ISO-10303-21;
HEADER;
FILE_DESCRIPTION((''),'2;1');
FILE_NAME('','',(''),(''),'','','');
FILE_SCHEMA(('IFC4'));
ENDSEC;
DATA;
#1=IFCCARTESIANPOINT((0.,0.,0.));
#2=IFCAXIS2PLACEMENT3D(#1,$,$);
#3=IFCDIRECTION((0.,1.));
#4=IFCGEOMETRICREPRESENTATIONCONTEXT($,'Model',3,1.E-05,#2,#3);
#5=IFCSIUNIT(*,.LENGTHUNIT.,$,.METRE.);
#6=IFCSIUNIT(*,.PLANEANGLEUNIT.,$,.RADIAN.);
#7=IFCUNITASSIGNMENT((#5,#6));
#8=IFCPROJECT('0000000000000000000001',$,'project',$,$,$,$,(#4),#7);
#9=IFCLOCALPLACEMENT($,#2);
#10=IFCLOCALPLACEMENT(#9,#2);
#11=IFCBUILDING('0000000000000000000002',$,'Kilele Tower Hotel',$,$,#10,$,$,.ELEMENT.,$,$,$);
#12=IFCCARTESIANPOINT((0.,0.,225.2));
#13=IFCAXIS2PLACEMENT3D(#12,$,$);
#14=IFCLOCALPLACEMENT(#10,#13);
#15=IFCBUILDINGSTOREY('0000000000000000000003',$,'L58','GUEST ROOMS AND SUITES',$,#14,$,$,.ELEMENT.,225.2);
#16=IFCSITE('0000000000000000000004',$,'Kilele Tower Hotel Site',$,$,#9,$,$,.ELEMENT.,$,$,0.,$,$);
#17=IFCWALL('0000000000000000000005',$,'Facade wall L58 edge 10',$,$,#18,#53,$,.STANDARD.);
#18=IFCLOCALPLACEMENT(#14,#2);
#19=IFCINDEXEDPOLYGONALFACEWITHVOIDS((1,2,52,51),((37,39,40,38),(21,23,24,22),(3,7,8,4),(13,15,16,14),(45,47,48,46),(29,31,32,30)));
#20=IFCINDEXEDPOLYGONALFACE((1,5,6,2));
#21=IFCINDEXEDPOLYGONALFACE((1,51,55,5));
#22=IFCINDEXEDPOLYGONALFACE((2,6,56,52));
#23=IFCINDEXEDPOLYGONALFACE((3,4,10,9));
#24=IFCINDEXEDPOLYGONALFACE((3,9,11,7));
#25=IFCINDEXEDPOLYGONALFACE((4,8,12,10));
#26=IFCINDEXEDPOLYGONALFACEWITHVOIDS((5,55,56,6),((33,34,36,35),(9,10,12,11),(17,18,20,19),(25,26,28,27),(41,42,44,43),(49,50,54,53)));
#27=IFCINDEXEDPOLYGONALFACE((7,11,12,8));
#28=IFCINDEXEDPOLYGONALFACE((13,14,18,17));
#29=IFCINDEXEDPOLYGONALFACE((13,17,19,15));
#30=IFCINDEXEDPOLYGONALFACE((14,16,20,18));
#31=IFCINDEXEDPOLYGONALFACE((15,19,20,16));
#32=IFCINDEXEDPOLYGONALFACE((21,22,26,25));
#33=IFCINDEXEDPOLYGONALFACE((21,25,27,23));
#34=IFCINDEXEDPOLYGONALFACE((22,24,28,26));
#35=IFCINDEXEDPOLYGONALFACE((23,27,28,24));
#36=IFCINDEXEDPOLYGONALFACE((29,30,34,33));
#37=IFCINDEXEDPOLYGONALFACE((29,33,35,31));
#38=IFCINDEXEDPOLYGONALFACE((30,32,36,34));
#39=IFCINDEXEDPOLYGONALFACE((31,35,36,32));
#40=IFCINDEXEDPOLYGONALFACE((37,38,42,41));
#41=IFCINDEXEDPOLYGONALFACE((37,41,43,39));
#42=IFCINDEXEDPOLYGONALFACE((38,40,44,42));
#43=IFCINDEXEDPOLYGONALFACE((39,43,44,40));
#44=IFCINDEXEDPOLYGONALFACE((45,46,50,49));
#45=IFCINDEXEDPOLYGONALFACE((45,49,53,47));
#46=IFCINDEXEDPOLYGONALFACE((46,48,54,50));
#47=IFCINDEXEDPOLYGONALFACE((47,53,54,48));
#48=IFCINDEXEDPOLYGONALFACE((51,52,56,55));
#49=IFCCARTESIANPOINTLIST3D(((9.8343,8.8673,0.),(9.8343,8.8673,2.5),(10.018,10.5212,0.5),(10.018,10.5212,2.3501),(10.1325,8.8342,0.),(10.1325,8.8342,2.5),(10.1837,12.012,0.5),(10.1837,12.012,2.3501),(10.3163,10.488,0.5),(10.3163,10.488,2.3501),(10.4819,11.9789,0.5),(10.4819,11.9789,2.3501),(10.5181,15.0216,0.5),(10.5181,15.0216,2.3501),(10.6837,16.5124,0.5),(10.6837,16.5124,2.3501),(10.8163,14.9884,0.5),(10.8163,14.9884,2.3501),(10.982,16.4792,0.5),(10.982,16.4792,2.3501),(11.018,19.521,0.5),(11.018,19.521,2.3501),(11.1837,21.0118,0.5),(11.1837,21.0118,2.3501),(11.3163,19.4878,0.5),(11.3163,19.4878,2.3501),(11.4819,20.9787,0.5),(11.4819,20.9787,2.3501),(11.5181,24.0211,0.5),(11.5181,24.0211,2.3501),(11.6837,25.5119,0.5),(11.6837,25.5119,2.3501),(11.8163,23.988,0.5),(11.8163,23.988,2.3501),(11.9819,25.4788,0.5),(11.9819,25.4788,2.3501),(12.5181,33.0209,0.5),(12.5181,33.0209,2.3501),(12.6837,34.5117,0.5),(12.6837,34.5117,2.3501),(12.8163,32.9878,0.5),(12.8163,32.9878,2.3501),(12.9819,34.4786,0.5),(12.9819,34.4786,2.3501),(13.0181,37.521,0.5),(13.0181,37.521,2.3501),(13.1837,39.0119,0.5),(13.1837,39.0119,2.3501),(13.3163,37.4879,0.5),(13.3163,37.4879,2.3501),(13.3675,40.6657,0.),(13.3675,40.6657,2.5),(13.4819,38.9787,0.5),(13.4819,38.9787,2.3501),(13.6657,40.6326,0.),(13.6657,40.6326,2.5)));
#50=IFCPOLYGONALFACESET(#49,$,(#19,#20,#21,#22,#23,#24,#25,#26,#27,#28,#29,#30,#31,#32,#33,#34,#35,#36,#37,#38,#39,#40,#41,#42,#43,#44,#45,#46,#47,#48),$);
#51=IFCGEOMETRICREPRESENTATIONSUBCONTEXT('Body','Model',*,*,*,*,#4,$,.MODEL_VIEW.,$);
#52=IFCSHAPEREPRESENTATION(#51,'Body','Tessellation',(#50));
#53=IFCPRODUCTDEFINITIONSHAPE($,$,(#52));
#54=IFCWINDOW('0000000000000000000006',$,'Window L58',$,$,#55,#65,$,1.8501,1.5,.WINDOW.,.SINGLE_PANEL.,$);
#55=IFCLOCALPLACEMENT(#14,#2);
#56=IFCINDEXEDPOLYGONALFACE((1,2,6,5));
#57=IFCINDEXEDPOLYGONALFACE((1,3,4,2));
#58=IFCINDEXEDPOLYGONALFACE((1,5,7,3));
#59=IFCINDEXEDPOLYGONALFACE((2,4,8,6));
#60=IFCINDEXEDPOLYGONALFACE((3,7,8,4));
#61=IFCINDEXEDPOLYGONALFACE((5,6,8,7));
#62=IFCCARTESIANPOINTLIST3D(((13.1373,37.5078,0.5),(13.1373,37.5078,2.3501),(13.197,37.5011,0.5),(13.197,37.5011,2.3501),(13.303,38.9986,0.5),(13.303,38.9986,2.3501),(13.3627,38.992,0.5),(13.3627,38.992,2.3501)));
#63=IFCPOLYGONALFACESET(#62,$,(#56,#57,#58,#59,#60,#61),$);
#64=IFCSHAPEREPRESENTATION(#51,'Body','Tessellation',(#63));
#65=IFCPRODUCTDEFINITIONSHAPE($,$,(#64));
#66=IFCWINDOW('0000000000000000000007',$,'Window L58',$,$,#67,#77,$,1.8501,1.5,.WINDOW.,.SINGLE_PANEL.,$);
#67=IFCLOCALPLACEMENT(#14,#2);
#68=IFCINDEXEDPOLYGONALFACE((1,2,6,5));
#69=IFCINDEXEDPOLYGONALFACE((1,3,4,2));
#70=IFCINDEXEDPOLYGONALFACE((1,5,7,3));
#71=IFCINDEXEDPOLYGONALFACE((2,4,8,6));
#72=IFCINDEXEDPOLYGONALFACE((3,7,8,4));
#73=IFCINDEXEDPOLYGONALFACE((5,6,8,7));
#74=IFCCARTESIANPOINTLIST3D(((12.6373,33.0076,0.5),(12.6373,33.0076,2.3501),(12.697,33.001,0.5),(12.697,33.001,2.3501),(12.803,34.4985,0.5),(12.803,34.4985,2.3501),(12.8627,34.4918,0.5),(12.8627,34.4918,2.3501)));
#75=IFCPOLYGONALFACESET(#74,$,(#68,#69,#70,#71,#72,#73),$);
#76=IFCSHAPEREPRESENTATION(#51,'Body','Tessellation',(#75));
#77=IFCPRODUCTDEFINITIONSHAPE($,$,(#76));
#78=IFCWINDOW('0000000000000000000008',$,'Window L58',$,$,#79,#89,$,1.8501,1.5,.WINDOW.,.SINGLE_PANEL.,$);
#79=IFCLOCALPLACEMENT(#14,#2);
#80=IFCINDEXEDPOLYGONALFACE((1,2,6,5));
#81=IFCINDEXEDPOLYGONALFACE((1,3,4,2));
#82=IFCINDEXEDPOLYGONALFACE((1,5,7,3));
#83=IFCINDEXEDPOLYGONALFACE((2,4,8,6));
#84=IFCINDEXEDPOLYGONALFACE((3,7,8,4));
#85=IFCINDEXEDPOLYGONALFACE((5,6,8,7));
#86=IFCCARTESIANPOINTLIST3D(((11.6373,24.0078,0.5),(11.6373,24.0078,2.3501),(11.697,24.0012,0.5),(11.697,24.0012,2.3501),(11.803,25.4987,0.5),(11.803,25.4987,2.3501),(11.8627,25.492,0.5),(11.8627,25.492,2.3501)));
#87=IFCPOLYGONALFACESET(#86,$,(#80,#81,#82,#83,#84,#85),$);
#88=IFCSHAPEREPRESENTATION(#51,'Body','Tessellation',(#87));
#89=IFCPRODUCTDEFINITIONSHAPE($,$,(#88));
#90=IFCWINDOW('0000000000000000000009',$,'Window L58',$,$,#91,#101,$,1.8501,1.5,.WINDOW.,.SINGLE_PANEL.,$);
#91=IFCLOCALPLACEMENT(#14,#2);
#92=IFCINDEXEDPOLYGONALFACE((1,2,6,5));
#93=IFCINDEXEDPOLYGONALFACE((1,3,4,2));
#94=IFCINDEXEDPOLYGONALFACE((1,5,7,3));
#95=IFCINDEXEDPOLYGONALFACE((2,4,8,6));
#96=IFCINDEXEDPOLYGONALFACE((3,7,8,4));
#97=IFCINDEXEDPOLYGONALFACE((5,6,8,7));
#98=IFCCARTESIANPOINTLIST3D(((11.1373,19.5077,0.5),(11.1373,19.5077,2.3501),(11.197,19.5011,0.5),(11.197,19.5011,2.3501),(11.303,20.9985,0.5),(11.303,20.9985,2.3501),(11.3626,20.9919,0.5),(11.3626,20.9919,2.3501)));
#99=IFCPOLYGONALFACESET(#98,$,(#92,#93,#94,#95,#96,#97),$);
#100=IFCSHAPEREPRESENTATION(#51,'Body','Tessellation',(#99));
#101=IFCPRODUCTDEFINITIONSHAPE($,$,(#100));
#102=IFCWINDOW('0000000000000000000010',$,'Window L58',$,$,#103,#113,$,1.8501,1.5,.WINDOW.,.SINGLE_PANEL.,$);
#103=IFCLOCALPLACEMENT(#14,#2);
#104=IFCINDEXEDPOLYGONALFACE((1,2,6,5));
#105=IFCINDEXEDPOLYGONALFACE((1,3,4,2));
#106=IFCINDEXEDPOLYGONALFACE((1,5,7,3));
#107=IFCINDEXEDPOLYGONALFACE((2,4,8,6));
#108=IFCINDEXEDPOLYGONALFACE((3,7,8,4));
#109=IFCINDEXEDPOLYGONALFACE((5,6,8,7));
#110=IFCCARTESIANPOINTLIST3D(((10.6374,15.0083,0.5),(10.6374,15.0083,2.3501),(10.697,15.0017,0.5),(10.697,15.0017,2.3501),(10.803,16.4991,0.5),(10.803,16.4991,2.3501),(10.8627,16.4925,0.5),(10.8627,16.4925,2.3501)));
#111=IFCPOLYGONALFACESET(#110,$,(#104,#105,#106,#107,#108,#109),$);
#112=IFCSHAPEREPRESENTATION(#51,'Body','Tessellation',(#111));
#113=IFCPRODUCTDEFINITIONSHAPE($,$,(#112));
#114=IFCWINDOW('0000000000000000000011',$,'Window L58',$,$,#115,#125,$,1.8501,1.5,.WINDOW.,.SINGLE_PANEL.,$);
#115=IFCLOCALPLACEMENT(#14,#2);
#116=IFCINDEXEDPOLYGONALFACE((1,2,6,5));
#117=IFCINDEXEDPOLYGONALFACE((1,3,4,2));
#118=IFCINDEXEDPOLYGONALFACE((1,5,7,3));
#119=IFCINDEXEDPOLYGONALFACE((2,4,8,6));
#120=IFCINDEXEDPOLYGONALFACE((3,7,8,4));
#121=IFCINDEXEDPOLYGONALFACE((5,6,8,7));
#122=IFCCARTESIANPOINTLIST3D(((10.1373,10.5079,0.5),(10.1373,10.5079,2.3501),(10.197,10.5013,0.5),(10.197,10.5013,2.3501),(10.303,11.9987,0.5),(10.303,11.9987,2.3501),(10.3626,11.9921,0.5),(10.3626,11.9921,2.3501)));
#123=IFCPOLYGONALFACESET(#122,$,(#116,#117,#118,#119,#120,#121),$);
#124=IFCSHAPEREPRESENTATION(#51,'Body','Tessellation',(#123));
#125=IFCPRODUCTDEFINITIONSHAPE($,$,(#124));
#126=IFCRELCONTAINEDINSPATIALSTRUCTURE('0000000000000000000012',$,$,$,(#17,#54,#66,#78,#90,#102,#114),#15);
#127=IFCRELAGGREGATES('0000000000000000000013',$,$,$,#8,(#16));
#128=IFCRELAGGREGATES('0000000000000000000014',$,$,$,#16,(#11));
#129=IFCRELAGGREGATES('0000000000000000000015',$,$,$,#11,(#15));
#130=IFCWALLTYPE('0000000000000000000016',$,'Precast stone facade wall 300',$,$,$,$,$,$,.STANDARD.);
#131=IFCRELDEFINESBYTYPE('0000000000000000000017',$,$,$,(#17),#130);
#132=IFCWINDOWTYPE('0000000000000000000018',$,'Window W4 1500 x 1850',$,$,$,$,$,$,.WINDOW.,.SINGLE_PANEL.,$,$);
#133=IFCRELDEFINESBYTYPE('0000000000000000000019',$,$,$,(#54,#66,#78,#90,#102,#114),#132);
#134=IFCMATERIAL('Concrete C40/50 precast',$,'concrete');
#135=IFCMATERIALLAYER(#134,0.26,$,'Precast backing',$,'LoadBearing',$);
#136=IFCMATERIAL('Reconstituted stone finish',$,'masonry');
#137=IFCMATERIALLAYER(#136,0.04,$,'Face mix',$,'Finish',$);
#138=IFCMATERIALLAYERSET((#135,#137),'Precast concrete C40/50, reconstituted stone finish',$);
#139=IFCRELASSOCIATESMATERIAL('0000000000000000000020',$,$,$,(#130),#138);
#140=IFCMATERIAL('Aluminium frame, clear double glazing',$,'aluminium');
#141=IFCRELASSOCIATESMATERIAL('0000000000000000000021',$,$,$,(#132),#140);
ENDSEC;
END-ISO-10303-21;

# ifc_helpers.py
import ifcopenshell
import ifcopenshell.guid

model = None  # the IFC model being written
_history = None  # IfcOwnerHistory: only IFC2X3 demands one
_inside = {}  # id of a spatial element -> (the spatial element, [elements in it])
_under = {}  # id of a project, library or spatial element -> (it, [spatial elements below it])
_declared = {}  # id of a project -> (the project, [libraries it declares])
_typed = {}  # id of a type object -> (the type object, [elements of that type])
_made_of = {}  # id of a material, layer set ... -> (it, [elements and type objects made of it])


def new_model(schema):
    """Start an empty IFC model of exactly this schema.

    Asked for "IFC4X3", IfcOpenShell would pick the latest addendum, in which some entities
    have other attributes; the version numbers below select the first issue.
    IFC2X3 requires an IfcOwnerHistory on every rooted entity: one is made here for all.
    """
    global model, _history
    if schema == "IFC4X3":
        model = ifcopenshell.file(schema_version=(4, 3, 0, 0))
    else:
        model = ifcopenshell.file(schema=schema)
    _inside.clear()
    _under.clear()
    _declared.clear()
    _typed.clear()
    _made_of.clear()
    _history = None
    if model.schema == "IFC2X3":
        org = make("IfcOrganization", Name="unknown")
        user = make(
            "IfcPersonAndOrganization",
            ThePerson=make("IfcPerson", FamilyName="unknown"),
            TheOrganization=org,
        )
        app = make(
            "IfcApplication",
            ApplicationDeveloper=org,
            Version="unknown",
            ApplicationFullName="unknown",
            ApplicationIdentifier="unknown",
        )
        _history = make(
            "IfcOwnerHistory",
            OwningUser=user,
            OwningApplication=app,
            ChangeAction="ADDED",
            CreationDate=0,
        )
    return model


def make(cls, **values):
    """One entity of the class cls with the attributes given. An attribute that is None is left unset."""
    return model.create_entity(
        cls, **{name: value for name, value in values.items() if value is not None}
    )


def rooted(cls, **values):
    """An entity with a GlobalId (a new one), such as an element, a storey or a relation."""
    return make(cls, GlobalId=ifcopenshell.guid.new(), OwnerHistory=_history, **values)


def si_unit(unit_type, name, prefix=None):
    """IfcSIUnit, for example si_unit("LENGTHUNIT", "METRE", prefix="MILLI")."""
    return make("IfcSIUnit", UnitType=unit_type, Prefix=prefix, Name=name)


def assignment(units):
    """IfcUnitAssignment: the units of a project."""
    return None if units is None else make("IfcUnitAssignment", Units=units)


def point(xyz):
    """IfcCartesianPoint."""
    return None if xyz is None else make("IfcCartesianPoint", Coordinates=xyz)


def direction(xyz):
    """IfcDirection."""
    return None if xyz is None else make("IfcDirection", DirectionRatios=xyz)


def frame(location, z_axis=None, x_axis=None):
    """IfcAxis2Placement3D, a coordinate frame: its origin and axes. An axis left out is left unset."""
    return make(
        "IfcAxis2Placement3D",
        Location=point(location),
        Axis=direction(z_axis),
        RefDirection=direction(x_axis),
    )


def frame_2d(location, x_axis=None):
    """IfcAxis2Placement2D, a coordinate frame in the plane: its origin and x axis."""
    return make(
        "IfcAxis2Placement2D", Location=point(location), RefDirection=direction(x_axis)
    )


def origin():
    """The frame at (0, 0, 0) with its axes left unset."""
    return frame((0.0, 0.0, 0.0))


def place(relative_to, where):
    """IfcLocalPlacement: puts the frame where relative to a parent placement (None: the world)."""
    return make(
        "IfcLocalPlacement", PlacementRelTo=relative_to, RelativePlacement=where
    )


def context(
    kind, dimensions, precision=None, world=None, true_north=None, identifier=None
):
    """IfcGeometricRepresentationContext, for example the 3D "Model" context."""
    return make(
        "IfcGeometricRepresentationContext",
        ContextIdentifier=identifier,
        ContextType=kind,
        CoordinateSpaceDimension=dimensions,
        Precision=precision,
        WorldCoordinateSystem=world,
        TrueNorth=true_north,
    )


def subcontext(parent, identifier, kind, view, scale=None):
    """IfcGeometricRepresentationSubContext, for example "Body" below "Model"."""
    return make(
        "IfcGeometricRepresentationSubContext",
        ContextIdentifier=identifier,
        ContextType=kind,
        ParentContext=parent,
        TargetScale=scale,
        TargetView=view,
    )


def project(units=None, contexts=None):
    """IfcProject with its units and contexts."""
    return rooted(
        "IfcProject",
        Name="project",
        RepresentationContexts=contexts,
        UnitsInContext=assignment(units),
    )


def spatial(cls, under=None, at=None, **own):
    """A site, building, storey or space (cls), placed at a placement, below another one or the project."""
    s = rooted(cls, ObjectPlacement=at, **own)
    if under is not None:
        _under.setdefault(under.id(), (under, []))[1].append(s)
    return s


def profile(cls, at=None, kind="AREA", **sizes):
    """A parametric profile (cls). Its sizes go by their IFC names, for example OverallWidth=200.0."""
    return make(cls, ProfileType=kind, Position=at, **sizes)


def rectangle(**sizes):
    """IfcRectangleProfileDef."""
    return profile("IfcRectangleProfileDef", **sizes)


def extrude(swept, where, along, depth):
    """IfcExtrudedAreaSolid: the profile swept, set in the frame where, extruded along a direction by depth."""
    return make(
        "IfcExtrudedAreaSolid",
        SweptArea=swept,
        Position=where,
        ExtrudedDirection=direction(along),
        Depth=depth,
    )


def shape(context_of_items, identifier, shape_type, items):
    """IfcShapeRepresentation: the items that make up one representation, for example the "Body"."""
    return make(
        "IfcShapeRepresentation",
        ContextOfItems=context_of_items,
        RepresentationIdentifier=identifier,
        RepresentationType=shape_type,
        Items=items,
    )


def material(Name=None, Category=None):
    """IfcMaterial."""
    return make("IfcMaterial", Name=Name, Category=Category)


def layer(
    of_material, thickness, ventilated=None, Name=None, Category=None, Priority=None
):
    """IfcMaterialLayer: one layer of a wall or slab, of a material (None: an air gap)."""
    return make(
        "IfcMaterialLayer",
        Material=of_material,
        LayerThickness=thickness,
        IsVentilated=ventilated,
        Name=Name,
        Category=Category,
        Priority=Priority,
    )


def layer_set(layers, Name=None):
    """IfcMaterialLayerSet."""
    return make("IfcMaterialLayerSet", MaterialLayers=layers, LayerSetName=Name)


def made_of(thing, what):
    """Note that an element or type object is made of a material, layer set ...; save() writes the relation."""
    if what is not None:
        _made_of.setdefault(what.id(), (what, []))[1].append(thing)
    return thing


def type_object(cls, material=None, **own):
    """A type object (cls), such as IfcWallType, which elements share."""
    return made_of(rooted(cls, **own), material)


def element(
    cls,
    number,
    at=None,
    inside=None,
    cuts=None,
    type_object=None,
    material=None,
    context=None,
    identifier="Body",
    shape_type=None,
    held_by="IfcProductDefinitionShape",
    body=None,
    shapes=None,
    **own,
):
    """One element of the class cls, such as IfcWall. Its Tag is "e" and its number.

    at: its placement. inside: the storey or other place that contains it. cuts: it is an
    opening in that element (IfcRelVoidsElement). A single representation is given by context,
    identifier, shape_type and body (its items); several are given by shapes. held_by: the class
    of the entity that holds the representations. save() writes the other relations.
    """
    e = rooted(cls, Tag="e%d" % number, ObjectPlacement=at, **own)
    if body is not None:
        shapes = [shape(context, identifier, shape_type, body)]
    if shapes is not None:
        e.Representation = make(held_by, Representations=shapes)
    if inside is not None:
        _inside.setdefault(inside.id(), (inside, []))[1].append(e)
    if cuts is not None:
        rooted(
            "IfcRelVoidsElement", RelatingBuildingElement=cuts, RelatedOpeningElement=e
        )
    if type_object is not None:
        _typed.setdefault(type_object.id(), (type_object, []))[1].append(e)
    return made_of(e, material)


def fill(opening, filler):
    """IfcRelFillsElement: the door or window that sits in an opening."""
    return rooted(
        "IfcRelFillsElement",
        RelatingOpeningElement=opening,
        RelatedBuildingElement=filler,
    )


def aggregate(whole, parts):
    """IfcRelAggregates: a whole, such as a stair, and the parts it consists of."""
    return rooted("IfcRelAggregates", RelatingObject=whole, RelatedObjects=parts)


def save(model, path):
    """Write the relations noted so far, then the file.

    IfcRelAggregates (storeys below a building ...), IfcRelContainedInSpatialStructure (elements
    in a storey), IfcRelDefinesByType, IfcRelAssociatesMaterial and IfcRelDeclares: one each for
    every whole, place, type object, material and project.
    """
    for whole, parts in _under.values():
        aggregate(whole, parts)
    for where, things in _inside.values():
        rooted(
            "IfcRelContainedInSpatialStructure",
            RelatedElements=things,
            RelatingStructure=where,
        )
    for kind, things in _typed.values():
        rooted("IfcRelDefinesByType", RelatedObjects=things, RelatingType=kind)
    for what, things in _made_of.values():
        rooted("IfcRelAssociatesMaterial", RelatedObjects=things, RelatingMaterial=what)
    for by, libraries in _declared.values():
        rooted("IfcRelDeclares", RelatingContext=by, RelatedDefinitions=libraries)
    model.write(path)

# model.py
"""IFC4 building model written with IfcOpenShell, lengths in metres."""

from ifc_helpers import new_model, si_unit, direction, frame, frame_2d, origin, place, context, subcontext, project, spatial, rectangle, extrude, material, layer, layer_set, type_object, element, fill, save


model = new_model("IFC4")

# Units and contexts
model_context = context("Model", 3, precision=1e-05, world=origin(), true_north=direction((0.0, 1.0)))
body_context = subcontext(model_context, "Body", "Model", "MODEL_VIEW")
ifc_project = project(units=[si_unit("LENGTHUNIT", "METRE"), si_unit("PLANEANGLEUNIT", "RADIAN")], contexts=[model_context])

# Site, building, storey
site_placement = place(None, origin())
site = spatial("IfcSite", under=ifc_project, at=site_placement, Name="Kilele Tower Hotel Site", CompositionType="ELEMENT", RefElevation=0.0)
building_placement = place(site_placement, origin())
building = spatial("IfcBuilding", under=site, at=building_placement, Name="Kilele Tower Hotel", CompositionType="ELEMENT")
storey_placement = place(building_placement, frame((0.0, 0.0, 225.2)))
storey = spatial("IfcBuildingStorey", under=building, at=storey_placement, Name="L58", Description="GUEST ROOMS AND SUITES", CompositionType="ELEMENT", Elevation=225.2)

# Wall, openings, windows
ifc_material_1 = material(Name="Concrete C40/50 precast", Category="concrete")
ifc_layer_1 = layer(ifc_material_1, 0.26, Name="Precast backing", Category="LoadBearing")
ifc_material_2 = material(Name="Reconstituted stone finish", Category="masonry")
ifc_layer_2 = layer(ifc_material_2, 0.04, Name="Face mix", Category="Finish")
ifc_layer_set_1 = layer_set([ifc_layer_1, ifc_layer_2], Name="Precast concrete C40/50, reconstituted stone finish")
wall_type_1 = type_object("IfcWallType", Name="Precast stone facade wall 300", PredefinedType="STANDARD", material=ifc_layer_set_1)
wall_1_placement = place(storey_placement, frame((13.5166, 40.6492, 0.0), z_axis=(0.0, 0.0, 1.0), x_axis=(-0.110433, -0.993884, 0.0)))
wall_1 = element("IfcWall", 1, at=wall_1_placement, inside=storey, type_object=wall_type_1, Name="Facade wall L58 edge 10", PredefinedType="STANDARD", context=body_context, shape_type="SweptSolid", body=[
    extrude(rectangle(XDim=31.9941, YDim=0.3, at=frame_2d((15.9971, 0.0))), origin(), (0.0, 0.0, 1.0), 2.5),
])
opening_1_placement = place(wall_1_placement, frame((1.6641, 0.0, 0.5)))
opening_1 = element("IfcOpeningElement", 2, at=opening_1_placement, cuts=wall_1, PredefinedType="OPENING", context=body_context, shape_type="SweptSolid", body=[
    extrude(rectangle(XDim=1.5, YDim=1.8501, at=frame_2d((0.75, 0.925))), frame((0.0, 0.1599, 0.0), z_axis=(0.0, -1.0, 0.0), x_axis=(1.0, 0.0, 0.0)), (0.0, 0.0, 1.0), 0.3201),
])
opening_2_placement = place(wall_1_placement, frame((6.1919, 0.0, 0.5)))
opening_2 = element("IfcOpeningElement", 3, at=opening_2_placement, cuts=wall_1, PredefinedType="OPENING", context=body_context, shape_type="SweptSolid", body=[
    extrude(rectangle(XDim=1.5, YDim=1.8501, at=frame_2d((0.75, 0.925))), frame((0.0, 0.1599, 0.0), z_axis=(0.0, -1.0, 0.0), x_axis=(1.0, 0.0, 0.0)), (0.0, 0.0, 1.0), 0.3201),
])
opening_3_placement = place(wall_1_placement, frame((15.2471, 0.0, 0.5)))
opening_3 = element("IfcOpeningElement", 4, at=opening_3_placement, cuts=wall_1, PredefinedType="OPENING", context=body_context, shape_type="SweptSolid", body=[
    extrude(rectangle(XDim=1.5, YDim=1.8501, at=frame_2d((0.75, 0.925))), frame((0.0, 0.1599, 0.0), z_axis=(0.0, -1.0, 0.0), x_axis=(1.0, 0.0, 0.0)), (0.0, 0.0, 1.0), 0.3201),
])
opening_4_placement = place(wall_1_placement, frame((19.7749, 0.0, 0.5)))
opening_4 = element("IfcOpeningElement", 5, at=opening_4_placement, cuts=wall_1, PredefinedType="OPENING", context=body_context, shape_type="SweptSolid", body=[
    extrude(rectangle(XDim=1.5, YDim=1.8501, at=frame_2d((0.75, 0.925))), frame((0.0, 0.1599, 0.0), z_axis=(0.0, -1.0, 0.0), x_axis=(1.0, 0.0, 0.0)), (0.0, 0.0, 1.0), 0.3201),
])
opening_5_placement = place(wall_1_placement, frame((24.302, 0.0, 0.5)))
opening_5 = element("IfcOpeningElement", 6, at=opening_5_placement, cuts=wall_1, PredefinedType="OPENING", context=body_context, shape_type="SweptSolid", body=[
    extrude(rectangle(XDim=1.5, YDim=1.8501, at=frame_2d((0.75, 0.925))), frame((0.0, 0.1599, 0.0), z_axis=(0.0, -1.0, 0.0), x_axis=(1.0, 0.0, 0.0)), (0.0, 0.0, 1.0), 0.3201),
])
opening_6_placement = place(wall_1_placement, frame((28.8301, 0.0, 0.5)))
opening_6 = element("IfcOpeningElement", 7, at=opening_6_placement, cuts=wall_1, PredefinedType="OPENING", context=body_context, shape_type="SweptSolid", body=[
    extrude(rectangle(XDim=1.5, YDim=1.8501, at=frame_2d((0.75, 0.925))), frame((0.0, 0.1599, 0.0), z_axis=(0.0, -1.0, 0.0), x_axis=(1.0, 0.0, 0.0)), (0.0, 0.0, 1.0), 0.3201),
])
ifc_material_3 = material(Name="Aluminium frame, clear double glazing", Category="aluminium")
window_type = type_object("IfcWindowType", Name="Window W4 1500 x 1850", PartitioningType="SINGLE_PANEL", PredefinedType="WINDOW", material=ifc_material_3)
window_1_placement = place(opening_1_placement, origin())
window_1 = element("IfcWindow", 8, at=window_1_placement, inside=storey, type_object=window_type, Name="Window L58", OverallHeight=1.8501, OverallWidth=1.5, PartitioningType="SINGLE_PANEL", PredefinedType="WINDOW", context=body_context, shape_type="SweptSolid", body=[
    extrude(rectangle(XDim=1.5, YDim=1.8501, at=frame_2d((0.75, 0.925))), frame((0.0, 0.03, 0.0), z_axis=(0.0, -1.0, 0.0), x_axis=(1.0, 0.0, 0.0)), (0.0, 0.0, 1.0), 0.0601),
])
fill(opening_1, window_1)
window_2_placement = place(opening_2_placement, origin())
window_2 = element("IfcWindow", 9, at=window_2_placement, inside=storey, type_object=window_type, Name="Window L58", OverallHeight=1.8501, OverallWidth=1.5, PartitioningType="SINGLE_PANEL", PredefinedType="WINDOW", context=body_context, shape_type="SweptSolid", body=[
    extrude(rectangle(XDim=1.5, YDim=1.8501, at=frame_2d((0.75, 0.925))), frame((0.0, 0.03, 0.0), z_axis=(0.0, -1.0, 0.0), x_axis=(1.0, 0.0, 0.0)), (0.0, 0.0, 1.0), 0.0601),
])
fill(opening_2, window_2)
window_3_placement = place(opening_3_placement, origin())
window_3 = element("IfcWindow", 10, at=window_3_placement, inside=storey, type_object=window_type, Name="Window L58", OverallHeight=1.8501, OverallWidth=1.5, PartitioningType="SINGLE_PANEL", PredefinedType="WINDOW", context=body_context, shape_type="SweptSolid", body=[
    extrude(rectangle(XDim=1.5, YDim=1.8501, at=frame_2d((0.75, 0.925))), frame((0.0, 0.03, 0.0), z_axis=(0.0, -1.0, 0.0), x_axis=(1.0, 0.0, 0.0)), (0.0, 0.0, 1.0), 0.0601),
])
fill(opening_3, window_3)
window_4_placement = place(opening_4_placement, origin())
window_4 = element("IfcWindow", 11, at=window_4_placement, inside=storey, type_object=window_type, Name="Window L58", OverallHeight=1.8501, OverallWidth=1.5, PartitioningType="SINGLE_PANEL", PredefinedType="WINDOW", context=body_context, shape_type="SweptSolid", body=[
    extrude(rectangle(XDim=1.5, YDim=1.8501, at=frame_2d((0.75, 0.925))), frame((0.0, 0.03, 0.0), z_axis=(0.0, -1.0, 0.0), x_axis=(1.0, 0.0, 0.0)), (0.0, 0.0, 1.0), 0.0601),
])
fill(opening_4, window_4)
window_5_placement = place(opening_5_placement, origin())
window_5 = element("IfcWindow", 12, at=window_5_placement, inside=storey, type_object=window_type, Name="Window L58", OverallHeight=1.8501, OverallWidth=1.5, PartitioningType="SINGLE_PANEL", PredefinedType="WINDOW", context=body_context, shape_type="SweptSolid", body=[
    extrude(rectangle(XDim=1.5, YDim=1.8501, at=frame_2d((0.75, 0.925))), frame((0.0, 0.03, 0.0), z_axis=(0.0, -1.0, 0.0), x_axis=(1.0, 0.0, 0.0)), (0.0, 0.0, 1.0), 0.0601),
])
fill(opening_5, window_5)
window_6_placement = place(opening_6_placement, origin())
window_6 = element("IfcWindow", 13, at=window_6_placement, inside=storey, type_object=window_type, Name="Window L58", OverallHeight=1.8501, OverallWidth=1.5, PartitioningType="SINGLE_PANEL", PredefinedType="WINDOW", context=body_context, shape_type="SweptSolid", body=[
    extrude(rectangle(XDim=1.5, YDim=1.8501, at=frame_2d((0.75, 0.925))), frame((0.0, 0.03, 0.0), z_axis=(0.0, -1.0, 0.0), x_axis=(1.0, 0.0, 0.0)), (0.0, 0.0, 1.0), 0.0601),
])
fill(opening_6, window_6)

save(model, "model.ifc")
